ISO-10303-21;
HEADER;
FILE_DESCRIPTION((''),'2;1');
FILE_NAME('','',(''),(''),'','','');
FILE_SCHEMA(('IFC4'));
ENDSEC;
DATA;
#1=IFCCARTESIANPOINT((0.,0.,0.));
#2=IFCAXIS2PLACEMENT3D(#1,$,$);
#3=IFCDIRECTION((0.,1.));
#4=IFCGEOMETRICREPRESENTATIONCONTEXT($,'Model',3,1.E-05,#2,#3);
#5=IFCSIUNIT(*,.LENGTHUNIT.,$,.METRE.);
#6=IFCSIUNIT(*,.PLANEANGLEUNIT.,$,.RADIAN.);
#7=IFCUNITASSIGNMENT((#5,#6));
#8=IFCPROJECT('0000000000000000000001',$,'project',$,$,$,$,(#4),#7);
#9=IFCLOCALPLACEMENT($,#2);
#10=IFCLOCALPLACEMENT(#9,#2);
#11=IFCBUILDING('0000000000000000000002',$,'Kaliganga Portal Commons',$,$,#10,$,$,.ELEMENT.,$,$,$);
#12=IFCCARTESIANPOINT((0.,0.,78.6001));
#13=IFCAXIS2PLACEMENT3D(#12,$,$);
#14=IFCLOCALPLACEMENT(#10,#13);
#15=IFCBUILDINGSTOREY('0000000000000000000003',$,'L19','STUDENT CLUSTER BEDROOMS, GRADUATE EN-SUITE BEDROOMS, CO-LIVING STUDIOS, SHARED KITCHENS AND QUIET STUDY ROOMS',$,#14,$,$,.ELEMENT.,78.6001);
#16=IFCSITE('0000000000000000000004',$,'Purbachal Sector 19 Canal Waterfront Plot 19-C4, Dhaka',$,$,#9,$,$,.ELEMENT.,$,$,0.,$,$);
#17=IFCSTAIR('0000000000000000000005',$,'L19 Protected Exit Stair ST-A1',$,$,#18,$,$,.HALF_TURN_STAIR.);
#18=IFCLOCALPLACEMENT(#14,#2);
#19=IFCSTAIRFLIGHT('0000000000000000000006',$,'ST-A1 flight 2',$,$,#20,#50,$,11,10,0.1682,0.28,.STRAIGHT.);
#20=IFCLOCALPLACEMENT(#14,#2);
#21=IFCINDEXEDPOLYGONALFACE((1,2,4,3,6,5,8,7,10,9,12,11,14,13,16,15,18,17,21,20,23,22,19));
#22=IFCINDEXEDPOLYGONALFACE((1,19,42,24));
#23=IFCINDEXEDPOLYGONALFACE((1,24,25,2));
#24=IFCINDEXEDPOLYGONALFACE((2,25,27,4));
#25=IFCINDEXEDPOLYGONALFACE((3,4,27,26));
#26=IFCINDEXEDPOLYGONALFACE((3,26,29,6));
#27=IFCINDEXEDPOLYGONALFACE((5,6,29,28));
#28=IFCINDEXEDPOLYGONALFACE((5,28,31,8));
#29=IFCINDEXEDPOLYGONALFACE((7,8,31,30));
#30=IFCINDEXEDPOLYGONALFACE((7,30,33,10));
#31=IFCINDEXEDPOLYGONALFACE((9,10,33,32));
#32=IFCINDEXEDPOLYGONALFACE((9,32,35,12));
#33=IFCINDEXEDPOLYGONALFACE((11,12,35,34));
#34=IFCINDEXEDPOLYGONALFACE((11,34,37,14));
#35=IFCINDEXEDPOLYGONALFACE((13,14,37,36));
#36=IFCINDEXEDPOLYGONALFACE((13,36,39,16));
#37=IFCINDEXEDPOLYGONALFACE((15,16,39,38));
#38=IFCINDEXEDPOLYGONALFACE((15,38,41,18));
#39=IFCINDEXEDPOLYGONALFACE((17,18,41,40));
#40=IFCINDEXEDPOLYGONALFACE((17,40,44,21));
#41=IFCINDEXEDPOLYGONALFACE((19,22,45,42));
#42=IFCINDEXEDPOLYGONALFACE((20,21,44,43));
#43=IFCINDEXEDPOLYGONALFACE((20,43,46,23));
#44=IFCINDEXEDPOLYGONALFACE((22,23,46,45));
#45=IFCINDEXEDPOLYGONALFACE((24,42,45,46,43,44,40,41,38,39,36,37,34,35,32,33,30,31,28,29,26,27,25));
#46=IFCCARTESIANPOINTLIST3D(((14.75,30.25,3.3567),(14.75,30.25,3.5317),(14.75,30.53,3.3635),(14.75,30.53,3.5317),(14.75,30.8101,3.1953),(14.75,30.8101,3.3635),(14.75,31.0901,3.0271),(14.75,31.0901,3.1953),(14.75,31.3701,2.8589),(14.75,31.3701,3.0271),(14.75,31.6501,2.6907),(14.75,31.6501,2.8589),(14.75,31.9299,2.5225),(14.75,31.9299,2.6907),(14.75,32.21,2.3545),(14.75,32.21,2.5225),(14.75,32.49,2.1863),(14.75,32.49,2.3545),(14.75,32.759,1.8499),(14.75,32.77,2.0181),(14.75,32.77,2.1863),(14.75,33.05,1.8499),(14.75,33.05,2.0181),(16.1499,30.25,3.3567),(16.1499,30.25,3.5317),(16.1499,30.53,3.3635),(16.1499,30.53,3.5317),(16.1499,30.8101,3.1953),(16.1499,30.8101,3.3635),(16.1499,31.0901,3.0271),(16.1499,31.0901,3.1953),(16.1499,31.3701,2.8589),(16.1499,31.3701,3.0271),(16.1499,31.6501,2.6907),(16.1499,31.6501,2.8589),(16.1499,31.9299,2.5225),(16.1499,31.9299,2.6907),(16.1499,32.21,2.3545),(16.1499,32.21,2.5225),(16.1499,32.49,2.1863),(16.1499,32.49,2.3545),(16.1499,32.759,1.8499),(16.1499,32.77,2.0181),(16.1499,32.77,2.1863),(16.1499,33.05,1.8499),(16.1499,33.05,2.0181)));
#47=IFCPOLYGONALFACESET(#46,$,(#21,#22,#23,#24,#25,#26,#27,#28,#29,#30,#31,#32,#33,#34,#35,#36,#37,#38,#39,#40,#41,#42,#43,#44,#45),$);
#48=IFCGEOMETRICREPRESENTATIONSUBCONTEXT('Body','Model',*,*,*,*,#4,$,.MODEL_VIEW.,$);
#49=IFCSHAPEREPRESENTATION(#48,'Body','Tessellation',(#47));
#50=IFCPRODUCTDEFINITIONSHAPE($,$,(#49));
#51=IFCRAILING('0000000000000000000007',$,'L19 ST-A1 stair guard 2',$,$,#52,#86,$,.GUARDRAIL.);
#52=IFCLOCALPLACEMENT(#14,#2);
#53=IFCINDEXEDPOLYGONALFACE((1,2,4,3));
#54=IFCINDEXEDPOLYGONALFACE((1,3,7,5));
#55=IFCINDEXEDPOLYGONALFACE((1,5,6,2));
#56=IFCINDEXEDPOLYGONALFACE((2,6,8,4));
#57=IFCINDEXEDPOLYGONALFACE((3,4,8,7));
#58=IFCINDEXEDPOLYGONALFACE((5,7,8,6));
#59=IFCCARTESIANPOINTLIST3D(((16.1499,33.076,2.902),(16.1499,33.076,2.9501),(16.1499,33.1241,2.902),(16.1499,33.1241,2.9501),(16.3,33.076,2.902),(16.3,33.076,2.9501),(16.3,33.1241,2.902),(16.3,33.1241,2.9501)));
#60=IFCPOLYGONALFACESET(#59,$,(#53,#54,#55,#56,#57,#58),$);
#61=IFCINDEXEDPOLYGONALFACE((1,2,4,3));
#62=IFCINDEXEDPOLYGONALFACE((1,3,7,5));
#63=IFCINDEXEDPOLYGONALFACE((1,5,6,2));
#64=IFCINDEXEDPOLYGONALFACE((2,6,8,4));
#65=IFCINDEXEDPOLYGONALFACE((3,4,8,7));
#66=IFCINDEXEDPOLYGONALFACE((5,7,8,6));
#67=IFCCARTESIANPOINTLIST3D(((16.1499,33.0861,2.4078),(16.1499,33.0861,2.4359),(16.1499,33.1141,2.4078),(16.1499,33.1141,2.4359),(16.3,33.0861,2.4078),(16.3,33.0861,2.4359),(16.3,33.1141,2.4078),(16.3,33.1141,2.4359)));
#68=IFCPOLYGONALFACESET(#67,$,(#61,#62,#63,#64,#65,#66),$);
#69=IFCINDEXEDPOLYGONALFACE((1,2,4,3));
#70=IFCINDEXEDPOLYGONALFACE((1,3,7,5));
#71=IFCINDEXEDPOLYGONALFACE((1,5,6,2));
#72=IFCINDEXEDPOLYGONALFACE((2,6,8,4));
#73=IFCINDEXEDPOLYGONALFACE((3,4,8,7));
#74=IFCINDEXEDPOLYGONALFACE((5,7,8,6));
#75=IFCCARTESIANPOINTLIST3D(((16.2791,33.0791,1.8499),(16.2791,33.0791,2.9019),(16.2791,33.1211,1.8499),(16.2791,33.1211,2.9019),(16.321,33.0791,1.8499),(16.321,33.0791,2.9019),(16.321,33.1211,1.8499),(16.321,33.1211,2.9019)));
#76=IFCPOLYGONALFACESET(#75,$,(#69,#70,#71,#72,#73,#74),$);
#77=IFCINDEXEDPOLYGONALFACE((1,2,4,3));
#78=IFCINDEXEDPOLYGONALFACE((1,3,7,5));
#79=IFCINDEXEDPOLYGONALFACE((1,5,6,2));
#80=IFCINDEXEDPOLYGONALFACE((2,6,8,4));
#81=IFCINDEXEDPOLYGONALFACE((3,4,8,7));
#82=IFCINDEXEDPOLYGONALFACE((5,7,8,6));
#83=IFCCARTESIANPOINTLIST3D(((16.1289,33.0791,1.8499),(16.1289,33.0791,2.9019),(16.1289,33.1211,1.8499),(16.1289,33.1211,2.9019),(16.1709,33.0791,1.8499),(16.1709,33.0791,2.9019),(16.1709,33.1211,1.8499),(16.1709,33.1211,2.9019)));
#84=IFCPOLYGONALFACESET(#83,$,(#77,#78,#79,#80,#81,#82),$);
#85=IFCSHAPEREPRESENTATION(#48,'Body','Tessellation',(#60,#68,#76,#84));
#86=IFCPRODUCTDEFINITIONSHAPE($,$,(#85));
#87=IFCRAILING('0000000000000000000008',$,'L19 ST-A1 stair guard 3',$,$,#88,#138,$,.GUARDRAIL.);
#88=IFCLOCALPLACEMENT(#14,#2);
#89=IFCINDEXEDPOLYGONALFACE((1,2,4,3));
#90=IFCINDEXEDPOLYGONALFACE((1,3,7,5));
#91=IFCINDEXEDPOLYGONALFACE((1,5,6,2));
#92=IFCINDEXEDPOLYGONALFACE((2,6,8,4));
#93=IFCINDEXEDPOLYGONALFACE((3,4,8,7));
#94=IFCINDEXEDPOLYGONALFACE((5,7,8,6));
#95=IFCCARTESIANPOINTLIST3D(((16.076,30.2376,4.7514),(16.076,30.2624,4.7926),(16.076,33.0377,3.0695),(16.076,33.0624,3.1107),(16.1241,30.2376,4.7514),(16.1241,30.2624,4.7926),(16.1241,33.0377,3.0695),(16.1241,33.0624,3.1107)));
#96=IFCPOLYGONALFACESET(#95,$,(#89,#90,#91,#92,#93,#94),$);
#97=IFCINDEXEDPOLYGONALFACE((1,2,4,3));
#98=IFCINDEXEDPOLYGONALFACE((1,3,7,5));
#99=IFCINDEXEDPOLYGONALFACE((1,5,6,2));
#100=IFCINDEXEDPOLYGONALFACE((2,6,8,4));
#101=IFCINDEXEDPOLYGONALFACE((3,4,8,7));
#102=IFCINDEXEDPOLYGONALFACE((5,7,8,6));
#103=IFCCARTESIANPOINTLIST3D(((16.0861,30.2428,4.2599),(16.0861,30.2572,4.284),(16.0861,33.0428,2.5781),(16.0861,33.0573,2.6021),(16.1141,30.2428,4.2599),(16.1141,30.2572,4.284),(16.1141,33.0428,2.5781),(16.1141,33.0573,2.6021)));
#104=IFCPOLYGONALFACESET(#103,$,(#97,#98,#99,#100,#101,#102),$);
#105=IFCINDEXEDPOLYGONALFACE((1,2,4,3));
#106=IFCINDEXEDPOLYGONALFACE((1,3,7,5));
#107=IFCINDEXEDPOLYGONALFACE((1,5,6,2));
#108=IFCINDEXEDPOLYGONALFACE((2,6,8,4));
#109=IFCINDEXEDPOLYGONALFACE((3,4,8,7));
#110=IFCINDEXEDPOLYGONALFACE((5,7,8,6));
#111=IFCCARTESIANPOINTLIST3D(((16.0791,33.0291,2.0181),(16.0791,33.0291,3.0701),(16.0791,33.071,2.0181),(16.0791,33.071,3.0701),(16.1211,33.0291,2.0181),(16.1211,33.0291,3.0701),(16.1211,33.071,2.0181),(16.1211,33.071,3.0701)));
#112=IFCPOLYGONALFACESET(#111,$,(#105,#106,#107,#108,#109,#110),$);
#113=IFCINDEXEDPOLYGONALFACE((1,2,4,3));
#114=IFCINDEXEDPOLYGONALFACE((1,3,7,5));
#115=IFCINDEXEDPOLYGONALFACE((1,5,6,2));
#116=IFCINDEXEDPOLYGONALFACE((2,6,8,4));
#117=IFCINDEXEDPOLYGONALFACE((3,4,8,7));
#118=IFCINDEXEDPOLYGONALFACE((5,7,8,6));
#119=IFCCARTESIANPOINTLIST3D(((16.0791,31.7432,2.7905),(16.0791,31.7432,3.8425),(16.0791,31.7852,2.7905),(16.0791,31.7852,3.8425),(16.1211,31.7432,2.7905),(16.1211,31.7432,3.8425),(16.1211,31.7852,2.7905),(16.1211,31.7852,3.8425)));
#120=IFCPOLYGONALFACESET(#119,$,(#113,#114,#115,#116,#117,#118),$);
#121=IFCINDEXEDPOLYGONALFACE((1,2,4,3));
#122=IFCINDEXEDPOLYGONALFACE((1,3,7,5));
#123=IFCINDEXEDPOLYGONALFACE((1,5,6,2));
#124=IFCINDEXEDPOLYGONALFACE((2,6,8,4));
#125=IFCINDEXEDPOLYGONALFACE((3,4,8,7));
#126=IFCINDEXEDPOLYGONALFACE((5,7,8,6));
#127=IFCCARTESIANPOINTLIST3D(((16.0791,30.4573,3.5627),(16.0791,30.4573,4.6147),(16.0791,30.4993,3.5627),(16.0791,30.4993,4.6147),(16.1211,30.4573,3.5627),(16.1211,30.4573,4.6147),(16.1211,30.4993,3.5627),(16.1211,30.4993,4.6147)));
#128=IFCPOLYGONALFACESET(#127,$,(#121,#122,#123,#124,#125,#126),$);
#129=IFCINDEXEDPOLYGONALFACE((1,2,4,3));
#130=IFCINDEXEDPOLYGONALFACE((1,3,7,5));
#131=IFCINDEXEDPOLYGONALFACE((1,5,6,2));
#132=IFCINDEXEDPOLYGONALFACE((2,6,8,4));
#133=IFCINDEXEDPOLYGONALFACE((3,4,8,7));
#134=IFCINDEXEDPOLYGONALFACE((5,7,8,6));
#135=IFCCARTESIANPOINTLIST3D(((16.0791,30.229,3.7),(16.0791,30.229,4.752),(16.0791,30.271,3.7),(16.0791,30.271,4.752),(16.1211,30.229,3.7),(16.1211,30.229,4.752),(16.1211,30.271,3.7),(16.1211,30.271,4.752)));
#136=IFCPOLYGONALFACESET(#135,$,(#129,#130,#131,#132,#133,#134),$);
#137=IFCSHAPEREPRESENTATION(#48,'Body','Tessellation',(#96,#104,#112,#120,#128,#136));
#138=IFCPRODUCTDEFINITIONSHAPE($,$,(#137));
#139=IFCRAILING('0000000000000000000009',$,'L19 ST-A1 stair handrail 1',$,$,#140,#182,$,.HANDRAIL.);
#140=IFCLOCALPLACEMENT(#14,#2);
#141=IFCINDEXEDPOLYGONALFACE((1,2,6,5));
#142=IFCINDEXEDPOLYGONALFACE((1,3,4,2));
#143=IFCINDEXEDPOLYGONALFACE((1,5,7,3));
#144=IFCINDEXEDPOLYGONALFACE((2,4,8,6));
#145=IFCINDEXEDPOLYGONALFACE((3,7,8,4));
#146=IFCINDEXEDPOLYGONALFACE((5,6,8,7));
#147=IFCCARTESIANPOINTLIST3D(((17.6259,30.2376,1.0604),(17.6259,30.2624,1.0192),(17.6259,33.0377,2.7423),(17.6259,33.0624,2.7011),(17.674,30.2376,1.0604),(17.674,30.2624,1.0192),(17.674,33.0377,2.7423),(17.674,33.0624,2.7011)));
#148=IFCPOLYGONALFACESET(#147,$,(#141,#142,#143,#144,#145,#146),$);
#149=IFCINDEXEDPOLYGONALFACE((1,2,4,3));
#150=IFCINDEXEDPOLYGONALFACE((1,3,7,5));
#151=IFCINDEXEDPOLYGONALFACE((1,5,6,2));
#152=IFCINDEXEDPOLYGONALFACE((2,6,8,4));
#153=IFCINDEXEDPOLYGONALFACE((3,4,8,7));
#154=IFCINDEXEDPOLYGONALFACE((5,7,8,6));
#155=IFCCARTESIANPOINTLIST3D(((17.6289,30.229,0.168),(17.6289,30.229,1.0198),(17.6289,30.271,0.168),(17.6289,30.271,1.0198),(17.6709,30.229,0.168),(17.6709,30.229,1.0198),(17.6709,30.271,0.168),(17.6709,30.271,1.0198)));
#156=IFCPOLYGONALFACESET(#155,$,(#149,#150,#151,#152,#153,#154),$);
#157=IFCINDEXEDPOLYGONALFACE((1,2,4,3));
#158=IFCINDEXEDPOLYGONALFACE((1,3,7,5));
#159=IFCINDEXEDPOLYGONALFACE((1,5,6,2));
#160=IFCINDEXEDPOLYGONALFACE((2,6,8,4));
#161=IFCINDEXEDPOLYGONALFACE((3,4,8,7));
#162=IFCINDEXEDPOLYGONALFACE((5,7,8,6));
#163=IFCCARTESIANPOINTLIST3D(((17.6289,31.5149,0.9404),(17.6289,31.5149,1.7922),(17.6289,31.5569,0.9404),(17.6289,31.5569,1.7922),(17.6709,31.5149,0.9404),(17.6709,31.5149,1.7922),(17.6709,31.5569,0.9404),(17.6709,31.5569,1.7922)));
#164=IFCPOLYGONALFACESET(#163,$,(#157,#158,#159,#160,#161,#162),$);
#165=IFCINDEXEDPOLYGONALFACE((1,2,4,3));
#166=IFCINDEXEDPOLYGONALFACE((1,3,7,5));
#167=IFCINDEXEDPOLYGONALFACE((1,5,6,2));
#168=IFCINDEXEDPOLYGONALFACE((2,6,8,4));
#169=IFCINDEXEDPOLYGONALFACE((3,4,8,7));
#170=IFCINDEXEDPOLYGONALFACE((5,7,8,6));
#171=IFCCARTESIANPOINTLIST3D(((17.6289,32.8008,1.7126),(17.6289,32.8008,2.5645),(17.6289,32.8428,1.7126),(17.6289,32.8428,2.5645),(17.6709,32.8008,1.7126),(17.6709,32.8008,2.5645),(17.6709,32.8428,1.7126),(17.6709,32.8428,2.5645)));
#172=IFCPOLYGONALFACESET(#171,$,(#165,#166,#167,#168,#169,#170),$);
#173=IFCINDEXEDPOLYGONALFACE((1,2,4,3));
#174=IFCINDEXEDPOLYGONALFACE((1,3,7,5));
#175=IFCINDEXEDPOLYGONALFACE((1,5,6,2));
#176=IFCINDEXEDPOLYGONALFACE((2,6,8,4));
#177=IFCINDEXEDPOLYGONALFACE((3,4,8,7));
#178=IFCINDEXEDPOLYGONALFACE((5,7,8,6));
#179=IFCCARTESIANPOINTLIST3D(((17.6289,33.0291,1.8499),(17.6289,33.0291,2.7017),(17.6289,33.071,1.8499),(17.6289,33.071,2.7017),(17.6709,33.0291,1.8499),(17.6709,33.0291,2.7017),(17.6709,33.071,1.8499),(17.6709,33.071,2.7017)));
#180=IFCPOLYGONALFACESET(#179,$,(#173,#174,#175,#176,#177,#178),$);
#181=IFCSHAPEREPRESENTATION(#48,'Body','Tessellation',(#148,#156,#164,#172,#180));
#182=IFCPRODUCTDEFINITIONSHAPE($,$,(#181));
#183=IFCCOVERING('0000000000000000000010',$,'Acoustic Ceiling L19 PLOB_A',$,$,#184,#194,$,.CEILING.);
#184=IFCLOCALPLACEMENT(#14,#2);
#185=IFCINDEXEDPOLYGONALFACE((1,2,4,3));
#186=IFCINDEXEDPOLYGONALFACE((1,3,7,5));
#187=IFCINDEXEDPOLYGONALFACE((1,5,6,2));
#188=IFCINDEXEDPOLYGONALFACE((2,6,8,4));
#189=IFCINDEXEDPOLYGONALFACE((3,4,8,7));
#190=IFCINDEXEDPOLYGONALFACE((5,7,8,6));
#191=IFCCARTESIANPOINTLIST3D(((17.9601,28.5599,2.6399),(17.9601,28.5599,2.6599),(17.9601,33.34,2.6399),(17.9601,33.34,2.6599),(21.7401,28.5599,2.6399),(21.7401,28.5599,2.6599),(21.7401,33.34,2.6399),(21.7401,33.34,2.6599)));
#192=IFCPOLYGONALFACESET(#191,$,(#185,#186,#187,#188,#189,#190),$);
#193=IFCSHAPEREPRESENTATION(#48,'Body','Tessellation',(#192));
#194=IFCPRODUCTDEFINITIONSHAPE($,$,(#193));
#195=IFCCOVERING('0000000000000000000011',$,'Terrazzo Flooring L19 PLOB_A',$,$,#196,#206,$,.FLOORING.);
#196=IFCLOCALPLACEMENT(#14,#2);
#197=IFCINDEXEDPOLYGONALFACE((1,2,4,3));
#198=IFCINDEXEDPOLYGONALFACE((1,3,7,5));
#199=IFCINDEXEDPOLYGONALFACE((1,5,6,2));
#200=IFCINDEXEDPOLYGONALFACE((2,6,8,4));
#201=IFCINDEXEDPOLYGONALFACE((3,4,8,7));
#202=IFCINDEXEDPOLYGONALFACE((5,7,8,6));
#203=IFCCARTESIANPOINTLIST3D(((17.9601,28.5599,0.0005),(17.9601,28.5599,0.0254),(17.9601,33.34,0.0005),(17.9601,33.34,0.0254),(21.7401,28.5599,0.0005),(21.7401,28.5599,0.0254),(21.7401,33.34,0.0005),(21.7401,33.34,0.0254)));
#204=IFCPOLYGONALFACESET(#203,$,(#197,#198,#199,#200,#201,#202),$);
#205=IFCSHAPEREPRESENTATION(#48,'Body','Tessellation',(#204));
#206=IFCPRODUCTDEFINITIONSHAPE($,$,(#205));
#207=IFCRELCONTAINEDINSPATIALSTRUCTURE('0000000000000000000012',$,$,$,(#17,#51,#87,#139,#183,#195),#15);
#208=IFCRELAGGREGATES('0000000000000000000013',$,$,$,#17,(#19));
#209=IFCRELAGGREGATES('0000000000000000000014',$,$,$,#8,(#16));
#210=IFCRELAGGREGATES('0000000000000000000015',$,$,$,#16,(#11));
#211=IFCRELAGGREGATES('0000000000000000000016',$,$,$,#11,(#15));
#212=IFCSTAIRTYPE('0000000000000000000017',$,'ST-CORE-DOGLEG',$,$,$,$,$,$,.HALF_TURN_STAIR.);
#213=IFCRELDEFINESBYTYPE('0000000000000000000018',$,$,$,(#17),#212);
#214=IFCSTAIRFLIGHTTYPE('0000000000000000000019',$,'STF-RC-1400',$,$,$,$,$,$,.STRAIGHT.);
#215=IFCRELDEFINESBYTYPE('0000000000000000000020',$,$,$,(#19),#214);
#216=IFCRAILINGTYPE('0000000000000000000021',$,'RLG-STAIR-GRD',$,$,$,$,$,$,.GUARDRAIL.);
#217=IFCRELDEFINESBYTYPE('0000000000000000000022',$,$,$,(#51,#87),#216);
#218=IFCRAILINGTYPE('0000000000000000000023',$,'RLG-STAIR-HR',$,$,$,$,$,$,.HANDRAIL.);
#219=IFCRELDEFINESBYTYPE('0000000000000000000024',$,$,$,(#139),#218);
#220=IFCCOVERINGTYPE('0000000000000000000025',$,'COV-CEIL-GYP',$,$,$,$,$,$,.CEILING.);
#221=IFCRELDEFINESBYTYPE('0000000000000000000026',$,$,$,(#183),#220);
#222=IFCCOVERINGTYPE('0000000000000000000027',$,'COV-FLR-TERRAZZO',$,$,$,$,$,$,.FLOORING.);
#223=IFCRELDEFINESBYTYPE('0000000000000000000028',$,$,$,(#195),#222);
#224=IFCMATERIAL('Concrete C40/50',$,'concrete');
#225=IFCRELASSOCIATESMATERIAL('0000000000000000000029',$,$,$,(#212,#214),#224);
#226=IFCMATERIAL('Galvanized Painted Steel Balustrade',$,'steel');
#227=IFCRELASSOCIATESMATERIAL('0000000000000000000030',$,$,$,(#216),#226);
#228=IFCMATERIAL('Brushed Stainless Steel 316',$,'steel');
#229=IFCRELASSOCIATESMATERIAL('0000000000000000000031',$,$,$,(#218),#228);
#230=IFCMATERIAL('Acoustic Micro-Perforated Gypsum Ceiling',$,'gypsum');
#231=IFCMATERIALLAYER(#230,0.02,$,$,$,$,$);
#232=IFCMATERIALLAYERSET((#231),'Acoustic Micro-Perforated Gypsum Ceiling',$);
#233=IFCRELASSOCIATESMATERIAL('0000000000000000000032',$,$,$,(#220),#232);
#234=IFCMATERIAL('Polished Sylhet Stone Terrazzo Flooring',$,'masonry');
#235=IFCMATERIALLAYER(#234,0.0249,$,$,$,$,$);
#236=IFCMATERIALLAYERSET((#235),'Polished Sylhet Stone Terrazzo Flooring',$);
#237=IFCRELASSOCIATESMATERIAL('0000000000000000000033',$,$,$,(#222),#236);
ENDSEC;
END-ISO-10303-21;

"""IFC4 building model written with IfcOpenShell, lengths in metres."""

from ifc_helpers import new_model, si_unit, direction, frame, origin, origin_2d, place, context, subcontext, project, spatial, polyline, rectangle, outline, extrude, source, transform, mapped, material, layer, layer_set, type_object, element, aggregate, save


model = new_model("IFC4")

# Units and contexts
model_context = context("Model", 3, precision=1e-05, world=origin(), true_north=direction((0.0, 1.0)))
body_context = subcontext(model_context, "Body", "Model", "MODEL_VIEW")
ifc_project = project(units=[si_unit("LENGTHUNIT", "METRE"), si_unit("PLANEANGLEUNIT", "RADIAN")], contexts=[model_context])

# Site, building, storey
site_placement = place(None, origin())
site = spatial("IfcSite", under=ifc_project, at=site_placement, Name="Purbachal Sector 19 Canal Waterfront Plot 19-C4, Dhaka", CompositionType="ELEMENT", RefElevation=0.0)
building_placement = place(site_placement, origin())
building = spatial("IfcBuilding", under=site, at=building_placement, Name="Kaliganga Portal Commons", CompositionType="ELEMENT")
storey_placement = place(building_placement, frame((0.0, 0.0, 78.6001)))
storey = spatial("IfcBuildingStorey", under=building, at=storey_placement, Name="L19", Description="STUDENT CLUSTER BEDROOMS, GRADUATE EN-SUITE BEDROOMS, CO-LIVING STUDIOS, SHARED KITCHENS AND QUIET STUDY ROOMS", CompositionType="ELEMENT", Elevation=78.6001)

# Stair, stair flight
ifc_material_1 = material(Name="Concrete C40/50", Category="concrete")
stair_type = type_object("IfcStairType", Name="ST-CORE-DOGLEG", PredefinedType="HALF_TURN_STAIR", material=ifc_material_1)
stair_placement = place(storey_placement, origin())
stair = element("IfcStair", 1, at=stair_placement, inside=storey, type_object=stair_type, Name="L19 Protected Exit Stair ST-A1", PredefinedType="HALF_TURN_STAIR")
stair_flight_type = type_object("IfcStairFlightType", Name="STF-RC-1400", PredefinedType="STRAIGHT", material=ifc_material_1)
stair_flight_1_placement = place(storey_placement, frame((15.45, 33.05, 1.8499), z_axis=(0.0, 0.0, 1.0), x_axis=(0.0, -1.0, 0.0)))
stair_flight_1 = element("IfcStairFlight", 2, at=stair_flight_1_placement, type_object=stair_flight_type, Name="ST-A1 flight 2", NumberOfRisers=11, NumberOfTreads=10, PredefinedType="STRAIGHT", RiserHeight=0.1682, TreadLength=0.28, context=body_context, shape_type="SweptSolid", body=[
    extrude(outline(polyline([(0.0, 0.0), (0.0, 0.1682), (0.28, 0.1682), (0.28, 0.3364), (0.5601, 0.3364), (0.5601, 0.5046), (0.8401, 0.5046), (0.8401, 0.6726), (1.1201, 0.6726), (1.1201, 0.8408), (1.3999, 0.8408), (1.3999, 1.009), (1.6799, 1.009), (1.6799, 1.1772), (1.96, 1.1772), (1.96, 1.3455), (2.24, 1.3455), (2.24, 1.5137), (2.52, 1.5137), (2.52, 1.6819), (2.8, 1.6819), (2.8, 1.8501), (2.8, 1.5068), (0.291, 0.0), (0.0, 0.0)])), frame((0.0, 0.7, 0.0), z_axis=(0.0, -1.0, 0.0), x_axis=(1.0, 0.0, 0.0)), (0.0, 0.0, 1.0), 1.3999),
])
aggregate(stair, [stair_flight_1])

# Railings
ifc_material_2 = material(Name="Galvanized Painted Steel Balustrade", Category="steel")
railing_type_1 = type_object("IfcRailingType", Name="RLG-STAIR-GRD", PredefinedType="GUARDRAIL", material=ifc_material_2)
railing_1_placement = place(storey_placement, frame((16.3, 33.1001, 1.8499)))
element("IfcRailing", 3, at=railing_1_placement, inside=storey, type_object=railing_type_1, Name="L19 ST-A1 stair guard 2", PredefinedType="GUARDRAIL", context=body_context, shape_type="SweptSolid", body=[
    extrude(rectangle(XDim=0.0481, YDim=0.0481, at=origin_2d()), frame((0.0, 0.0, 1.0762), z_axis=(-1.0, 0.0, 0.0), x_axis=(0.0, -1.0, 0.0)), (0.0, 0.0, 1.0), 0.1501),
    extrude(rectangle(XDim=0.0281, YDim=0.0281, at=origin_2d()), frame((0.0, 0.0, 0.572), z_axis=(-1.0, 0.0, 0.0), x_axis=(0.0, -1.0, 0.0)), (0.0, 0.0, 1.0), 0.1501),
    extrude(rectangle(XDim=0.042, YDim=0.042, at=origin_2d()), origin(), (0.0, 0.0, 1.0), 1.052),
    extrude(rectangle(XDim=0.042, YDim=0.042, at=origin_2d()), frame((-0.1501, 0.0, 0.0)), (0.0, 0.0, 1.0), 1.052),
])
railing_2_placement = place(storey_placement, frame((16.1001, 33.05, 2.0181)))
element("IfcRailing", 4, at=railing_2_placement, inside=storey, type_object=railing_type_1, Name="L19 ST-A1 stair guard 3", PredefinedType="GUARDRAIL", context=body_context, shape_type="SweptSolid", body=[
    extrude(rectangle(XDim=0.0481, YDim=0.0481, at=origin_2d()), frame((0.0, 0.0, 1.072), z_axis=(0.0, -0.857242, 0.514913), x_axis=(1.0, 0.0, 0.0)), (0.0, 0.0, 1.0), 3.2664),
    extrude(rectangle(XDim=0.0281, YDim=0.0281, at=origin_2d()), frame((0.0, 0.0, 0.572), z_axis=(0.0, -0.857242, 0.514913), x_axis=(1.0, 0.0, 0.0)), (0.0, 0.0, 1.0), 3.2664),
    extrude(rectangle(XDim=0.042, YDim=0.042, at=origin_2d()), origin(), (0.0, 0.0, 1.0), 1.052),
    extrude(rectangle(XDim=0.042, YDim=0.042, at=origin_2d()), frame((0.0, -1.2859, 0.7725)), (0.0, 0.0, 1.0), 1.052),
    extrude(rectangle(XDim=0.042, YDim=0.042, at=origin_2d()), frame((0.0, -2.5718, 1.5447)), (0.0, 0.0, 1.0), 1.052),
    extrude(rectangle(XDim=0.042, YDim=0.042, at=origin_2d()), frame((0.0, -2.8, 1.6819)), (0.0, 0.0, 1.0), 1.052),
])
ifc_material_3 = material(Name="Brushed Stainless Steel 316", Category="steel")
railing_type_2 = type_object("IfcRailingType", Name="RLG-STAIR-HR", PredefinedType="HANDRAIL", material=ifc_material_3)
railing_3_placement = place(storey_placement, frame((17.6499, 30.25, 0.168)))
element("IfcRailing", 5, at=railing_3_placement, inside=storey, type_object=railing_type_2, Name="L19 ST-A1 stair handrail 1", PredefinedType="HANDRAIL", context=body_context, shape_type="SweptSolid", body=[
    extrude(rectangle(XDim=0.0481, YDim=0.0481, at=origin_2d()), frame((0.0, 0.0, 0.8718), z_axis=(0.0, 0.857242, 0.514913), x_axis=(-1.0, 0.0, 0.0)), (0.0, 0.0, 1.0), 3.2664),
    extrude(rectangle(XDim=0.042, YDim=0.042, at=origin_2d()), origin(), (0.0, 0.0, 1.0), 0.8518),
    extrude(rectangle(XDim=0.042, YDim=0.042, at=origin_2d()), frame((0.0, 1.2859, 0.7725)), (0.0, 0.0, 1.0), 0.8518),
    extrude(rectangle(XDim=0.042, YDim=0.042, at=origin_2d()), frame((0.0, 2.5718, 1.5447)), (0.0, 0.0, 1.0), 0.8518),
    extrude(rectangle(XDim=0.042, YDim=0.042, at=origin_2d()), frame((0.0, 2.8, 1.6819)), (0.0, 0.0, 1.0), 0.8518),
])

# Coverings
ifc_material_4 = material(Name="Acoustic Micro-Perforated Gypsum Ceiling", Category="gypsum")
ifc_layer_1 = layer(ifc_material_4, 0.02)
ifc_layer_set_1 = layer_set([ifc_layer_1], Name="Acoustic Micro-Perforated Gypsum Ceiling")
covering_type_1 = type_object("IfcCoveringType", Name="COV-CEIL-GYP", PredefinedType="CEILING", material=ifc_layer_set_1)
shared_shape_1 = source(origin(), body_context, "Body", "SweptSolid", [
    extrude(rectangle(XDim=3.78, YDim=4.78, at=origin_2d()), origin(), (0.0, 0.0, 1.0), 0.02),
])
covering_1_placement = place(storey_placement, frame((19.8501, 30.95, 2.6399), z_axis=(0.0, 0.0, 1.0), x_axis=(1.0, 0.0, 0.0)))
element("IfcCovering", 6, at=covering_1_placement, inside=storey, type_object=covering_type_1, Name="Acoustic Ceiling L19 PLOB_A", PredefinedType="CEILING", context=body_context, shape_type="MappedRepresentation", body=[
    mapped(shared_shape_1, transform((0.0, 0.0, 0.0), x_axis=(1.0, 0.0, 0.0), y_axis=(0.0, 1.0, 0.0), z_axis=(0.0, 0.0, 1.0), scale=1.0)),
])
ifc_material_5 = material(Name="Polished Sylhet Stone Terrazzo Flooring", Category="masonry")
ifc_layer_2 = layer(ifc_material_5, 0.0249)
ifc_layer_set_2 = layer_set([ifc_layer_2], Name="Polished Sylhet Stone Terrazzo Flooring")
covering_type_2 = type_object("IfcCoveringType", Name="COV-FLR-TERRAZZO", PredefinedType="FLOORING", material=ifc_layer_set_2)
shared_shape_2 = source(origin(), body_context, "Body", "SweptSolid", [
    extrude(rectangle(XDim=3.78, YDim=4.78, at=origin_2d()), origin(), (0.0, 0.0, 1.0), 0.0249),
])
covering_2_placement = place(storey_placement, frame((19.8501, 30.95, 0.0005), z_axis=(0.0, 0.0, 1.0), x_axis=(1.0, 0.0, 0.0)))
element("IfcCovering", 7, at=covering_2_placement, inside=storey, type_object=covering_type_2, Name="Terrazzo Flooring L19 PLOB_A", PredefinedType="FLOORING", context=body_context, shape_type="MappedRepresentation", body=[
    mapped(shared_shape_2, transform((0.0, 0.0, 0.0), x_axis=(1.0, 0.0, 0.0), y_axis=(0.0, 1.0, 0.0), z_axis=(0.0, 0.0, 1.0), scale=1.0)),
])

save(model, "model.ifc")
